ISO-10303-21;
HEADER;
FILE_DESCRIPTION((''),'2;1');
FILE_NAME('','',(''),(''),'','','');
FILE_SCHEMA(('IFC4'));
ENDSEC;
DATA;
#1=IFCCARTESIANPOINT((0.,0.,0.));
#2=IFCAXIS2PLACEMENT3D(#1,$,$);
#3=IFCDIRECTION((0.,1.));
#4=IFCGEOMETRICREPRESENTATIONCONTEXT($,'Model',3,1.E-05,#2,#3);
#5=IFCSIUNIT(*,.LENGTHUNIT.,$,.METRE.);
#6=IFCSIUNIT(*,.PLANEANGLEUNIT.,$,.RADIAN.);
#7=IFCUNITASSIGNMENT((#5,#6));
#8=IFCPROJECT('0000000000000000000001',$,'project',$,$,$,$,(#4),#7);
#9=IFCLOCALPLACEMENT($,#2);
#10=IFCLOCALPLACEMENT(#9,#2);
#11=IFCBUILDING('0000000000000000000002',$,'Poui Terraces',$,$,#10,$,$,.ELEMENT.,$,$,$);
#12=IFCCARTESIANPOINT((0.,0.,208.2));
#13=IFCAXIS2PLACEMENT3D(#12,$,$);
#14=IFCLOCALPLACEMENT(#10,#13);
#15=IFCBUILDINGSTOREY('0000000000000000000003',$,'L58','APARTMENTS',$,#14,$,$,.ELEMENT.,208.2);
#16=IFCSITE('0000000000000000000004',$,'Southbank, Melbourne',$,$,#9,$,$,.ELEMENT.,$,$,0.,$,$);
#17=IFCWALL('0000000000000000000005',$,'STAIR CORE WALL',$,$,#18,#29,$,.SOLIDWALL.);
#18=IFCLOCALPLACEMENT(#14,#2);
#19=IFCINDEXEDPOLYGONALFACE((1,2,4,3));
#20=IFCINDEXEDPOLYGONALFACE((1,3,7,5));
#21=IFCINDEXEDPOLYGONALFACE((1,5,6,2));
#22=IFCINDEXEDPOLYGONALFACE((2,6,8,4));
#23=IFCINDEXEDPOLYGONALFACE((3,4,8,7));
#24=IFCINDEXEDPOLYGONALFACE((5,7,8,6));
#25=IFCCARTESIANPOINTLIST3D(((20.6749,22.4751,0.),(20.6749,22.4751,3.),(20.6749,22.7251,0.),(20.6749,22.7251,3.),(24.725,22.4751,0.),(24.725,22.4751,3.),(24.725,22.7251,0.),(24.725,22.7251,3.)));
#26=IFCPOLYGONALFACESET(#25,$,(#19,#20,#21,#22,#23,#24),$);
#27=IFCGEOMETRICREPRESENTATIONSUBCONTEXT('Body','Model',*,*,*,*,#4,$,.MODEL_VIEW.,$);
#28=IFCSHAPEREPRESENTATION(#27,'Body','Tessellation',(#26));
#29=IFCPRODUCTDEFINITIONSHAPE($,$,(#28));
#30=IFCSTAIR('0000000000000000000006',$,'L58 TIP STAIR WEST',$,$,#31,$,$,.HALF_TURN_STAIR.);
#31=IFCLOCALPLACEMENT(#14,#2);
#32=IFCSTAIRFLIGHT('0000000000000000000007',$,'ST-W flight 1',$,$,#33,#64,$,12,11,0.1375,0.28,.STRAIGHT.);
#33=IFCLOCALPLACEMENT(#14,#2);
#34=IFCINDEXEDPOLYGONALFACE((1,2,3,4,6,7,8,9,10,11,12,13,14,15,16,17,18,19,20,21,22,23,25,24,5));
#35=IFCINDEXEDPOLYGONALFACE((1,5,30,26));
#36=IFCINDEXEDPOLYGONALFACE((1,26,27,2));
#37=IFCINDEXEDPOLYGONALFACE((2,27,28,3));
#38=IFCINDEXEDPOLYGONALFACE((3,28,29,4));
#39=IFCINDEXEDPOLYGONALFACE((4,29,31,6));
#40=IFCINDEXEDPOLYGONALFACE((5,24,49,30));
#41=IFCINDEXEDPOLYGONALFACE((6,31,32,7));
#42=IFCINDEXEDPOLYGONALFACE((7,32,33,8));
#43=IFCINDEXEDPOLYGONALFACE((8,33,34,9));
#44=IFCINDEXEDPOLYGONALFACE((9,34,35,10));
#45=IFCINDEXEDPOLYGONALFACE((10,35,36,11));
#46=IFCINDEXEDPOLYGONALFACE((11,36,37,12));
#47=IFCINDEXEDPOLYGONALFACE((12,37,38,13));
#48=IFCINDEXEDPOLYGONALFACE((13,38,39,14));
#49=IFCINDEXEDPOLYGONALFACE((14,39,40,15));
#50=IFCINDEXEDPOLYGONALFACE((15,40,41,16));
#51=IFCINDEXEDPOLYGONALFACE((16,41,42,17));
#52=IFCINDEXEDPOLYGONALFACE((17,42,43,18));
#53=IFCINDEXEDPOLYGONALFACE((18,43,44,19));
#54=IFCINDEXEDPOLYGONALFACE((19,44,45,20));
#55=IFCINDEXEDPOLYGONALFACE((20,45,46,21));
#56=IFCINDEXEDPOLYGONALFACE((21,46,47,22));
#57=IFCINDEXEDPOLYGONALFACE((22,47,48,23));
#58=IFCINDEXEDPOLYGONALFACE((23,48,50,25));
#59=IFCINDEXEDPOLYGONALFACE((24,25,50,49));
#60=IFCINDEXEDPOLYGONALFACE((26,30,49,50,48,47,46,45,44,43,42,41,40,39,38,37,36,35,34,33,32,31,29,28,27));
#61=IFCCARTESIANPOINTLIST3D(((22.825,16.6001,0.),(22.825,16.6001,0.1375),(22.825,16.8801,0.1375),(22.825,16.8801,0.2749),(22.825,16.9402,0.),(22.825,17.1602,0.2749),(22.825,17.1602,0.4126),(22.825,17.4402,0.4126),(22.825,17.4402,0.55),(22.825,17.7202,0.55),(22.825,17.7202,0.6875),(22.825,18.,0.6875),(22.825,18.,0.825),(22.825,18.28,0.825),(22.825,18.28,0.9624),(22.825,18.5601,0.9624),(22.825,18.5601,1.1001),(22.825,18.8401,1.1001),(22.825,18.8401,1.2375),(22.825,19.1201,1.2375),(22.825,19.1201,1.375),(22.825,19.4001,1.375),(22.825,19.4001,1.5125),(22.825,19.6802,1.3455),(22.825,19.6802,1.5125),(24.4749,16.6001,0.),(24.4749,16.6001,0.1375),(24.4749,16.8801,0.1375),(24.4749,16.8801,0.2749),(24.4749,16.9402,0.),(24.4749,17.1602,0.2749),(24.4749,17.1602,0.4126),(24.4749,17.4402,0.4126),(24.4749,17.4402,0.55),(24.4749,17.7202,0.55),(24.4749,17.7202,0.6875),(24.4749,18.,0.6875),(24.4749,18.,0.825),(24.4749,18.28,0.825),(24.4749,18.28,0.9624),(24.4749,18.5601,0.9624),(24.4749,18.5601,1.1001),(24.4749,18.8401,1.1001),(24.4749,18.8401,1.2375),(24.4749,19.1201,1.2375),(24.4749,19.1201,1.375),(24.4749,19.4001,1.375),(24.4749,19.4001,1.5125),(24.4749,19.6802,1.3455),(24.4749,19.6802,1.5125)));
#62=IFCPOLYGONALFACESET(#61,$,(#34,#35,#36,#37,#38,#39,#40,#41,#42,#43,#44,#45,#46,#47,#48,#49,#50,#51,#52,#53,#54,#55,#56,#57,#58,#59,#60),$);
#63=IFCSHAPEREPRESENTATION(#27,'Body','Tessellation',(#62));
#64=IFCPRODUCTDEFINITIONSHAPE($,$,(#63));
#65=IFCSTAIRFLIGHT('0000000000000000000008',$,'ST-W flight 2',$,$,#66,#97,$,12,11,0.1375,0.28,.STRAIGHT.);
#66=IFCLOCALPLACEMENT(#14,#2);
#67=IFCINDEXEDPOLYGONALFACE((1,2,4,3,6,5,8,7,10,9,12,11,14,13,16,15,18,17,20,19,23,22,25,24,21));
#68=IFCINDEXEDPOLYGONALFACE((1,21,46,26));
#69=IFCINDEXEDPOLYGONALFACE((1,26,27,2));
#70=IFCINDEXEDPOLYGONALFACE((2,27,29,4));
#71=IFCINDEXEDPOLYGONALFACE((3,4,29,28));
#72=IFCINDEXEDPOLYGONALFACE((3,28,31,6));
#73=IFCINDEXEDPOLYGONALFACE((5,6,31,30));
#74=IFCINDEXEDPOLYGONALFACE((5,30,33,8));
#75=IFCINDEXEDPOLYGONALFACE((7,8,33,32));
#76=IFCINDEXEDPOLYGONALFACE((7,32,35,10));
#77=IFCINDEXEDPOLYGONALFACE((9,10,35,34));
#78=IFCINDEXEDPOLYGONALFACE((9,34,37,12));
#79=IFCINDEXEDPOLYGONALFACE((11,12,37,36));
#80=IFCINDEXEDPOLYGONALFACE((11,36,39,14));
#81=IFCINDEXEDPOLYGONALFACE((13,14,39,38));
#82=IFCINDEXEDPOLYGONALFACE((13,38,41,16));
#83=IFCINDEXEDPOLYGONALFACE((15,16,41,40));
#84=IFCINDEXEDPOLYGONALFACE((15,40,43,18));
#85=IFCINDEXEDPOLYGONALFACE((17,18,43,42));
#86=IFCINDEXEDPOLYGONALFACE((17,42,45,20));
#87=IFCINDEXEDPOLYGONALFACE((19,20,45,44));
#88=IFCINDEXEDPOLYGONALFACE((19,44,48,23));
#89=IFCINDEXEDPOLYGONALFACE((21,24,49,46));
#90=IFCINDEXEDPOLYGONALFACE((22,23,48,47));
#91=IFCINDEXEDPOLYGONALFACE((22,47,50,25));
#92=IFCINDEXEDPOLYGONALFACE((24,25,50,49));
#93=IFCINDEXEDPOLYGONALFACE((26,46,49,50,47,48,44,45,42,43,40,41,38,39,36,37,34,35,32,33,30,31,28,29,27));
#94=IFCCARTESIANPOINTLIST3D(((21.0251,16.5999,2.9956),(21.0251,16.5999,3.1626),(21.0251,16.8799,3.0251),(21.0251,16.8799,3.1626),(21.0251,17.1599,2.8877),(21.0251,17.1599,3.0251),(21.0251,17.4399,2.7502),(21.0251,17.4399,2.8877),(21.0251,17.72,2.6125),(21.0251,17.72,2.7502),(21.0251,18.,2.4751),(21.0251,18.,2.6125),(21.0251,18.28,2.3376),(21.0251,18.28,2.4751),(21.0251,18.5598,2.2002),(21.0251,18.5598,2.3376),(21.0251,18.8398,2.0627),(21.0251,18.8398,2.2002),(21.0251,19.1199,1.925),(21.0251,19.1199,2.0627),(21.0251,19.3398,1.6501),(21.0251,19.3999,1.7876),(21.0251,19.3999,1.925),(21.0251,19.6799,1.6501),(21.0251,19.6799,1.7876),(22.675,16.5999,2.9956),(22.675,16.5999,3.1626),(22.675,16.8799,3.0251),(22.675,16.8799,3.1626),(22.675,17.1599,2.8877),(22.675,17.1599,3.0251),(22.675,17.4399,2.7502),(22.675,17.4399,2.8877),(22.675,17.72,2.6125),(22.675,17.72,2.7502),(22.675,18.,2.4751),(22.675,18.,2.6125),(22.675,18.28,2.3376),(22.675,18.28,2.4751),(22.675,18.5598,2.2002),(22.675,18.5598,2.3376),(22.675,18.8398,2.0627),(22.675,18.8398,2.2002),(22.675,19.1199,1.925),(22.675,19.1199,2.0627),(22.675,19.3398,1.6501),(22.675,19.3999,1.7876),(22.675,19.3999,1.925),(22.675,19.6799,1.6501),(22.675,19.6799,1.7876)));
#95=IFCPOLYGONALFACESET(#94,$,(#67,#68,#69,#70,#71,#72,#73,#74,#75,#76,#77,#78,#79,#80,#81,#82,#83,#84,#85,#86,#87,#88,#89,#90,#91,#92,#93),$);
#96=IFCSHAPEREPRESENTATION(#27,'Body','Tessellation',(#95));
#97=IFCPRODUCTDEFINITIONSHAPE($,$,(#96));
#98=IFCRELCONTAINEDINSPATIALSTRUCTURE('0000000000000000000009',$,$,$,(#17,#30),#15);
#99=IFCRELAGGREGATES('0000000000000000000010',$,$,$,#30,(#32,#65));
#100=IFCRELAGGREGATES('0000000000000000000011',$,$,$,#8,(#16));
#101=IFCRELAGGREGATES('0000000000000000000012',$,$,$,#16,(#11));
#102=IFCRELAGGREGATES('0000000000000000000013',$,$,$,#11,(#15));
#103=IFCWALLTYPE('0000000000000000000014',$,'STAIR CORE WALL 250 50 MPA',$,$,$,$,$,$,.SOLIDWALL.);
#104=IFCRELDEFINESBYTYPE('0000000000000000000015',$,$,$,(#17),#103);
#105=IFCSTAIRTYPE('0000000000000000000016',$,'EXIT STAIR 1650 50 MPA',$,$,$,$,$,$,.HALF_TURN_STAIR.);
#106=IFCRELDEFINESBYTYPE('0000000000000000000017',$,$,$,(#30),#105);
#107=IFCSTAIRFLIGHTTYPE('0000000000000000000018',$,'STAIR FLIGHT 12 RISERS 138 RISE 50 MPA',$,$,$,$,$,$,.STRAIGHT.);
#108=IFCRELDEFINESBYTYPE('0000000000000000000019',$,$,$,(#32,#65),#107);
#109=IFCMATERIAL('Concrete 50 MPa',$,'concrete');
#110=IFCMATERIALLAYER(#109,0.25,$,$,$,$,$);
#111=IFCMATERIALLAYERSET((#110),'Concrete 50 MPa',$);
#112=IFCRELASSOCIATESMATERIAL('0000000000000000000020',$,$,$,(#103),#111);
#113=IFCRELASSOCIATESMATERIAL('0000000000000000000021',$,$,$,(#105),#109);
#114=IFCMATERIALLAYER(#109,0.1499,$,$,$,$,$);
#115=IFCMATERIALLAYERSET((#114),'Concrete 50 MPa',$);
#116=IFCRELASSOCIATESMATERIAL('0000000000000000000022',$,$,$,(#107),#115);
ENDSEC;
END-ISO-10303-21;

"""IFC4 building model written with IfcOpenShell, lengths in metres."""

from ifc_helpers import new_model, si_unit, direction, frame, frame_2d, origin, place, context, subcontext, project, spatial, polyline, rectangle, outline, extrude, material, layer, layer_set, type_object, element, aggregate, save


model = new_model("IFC4")

# Units and contexts
model_context = context("Model", 3, precision=1e-05, world=origin(), true_north=direction((0.0, 1.0)))
body_context = subcontext(model_context, "Body", "Model", "MODEL_VIEW")
ifc_project = project(units=[si_unit("LENGTHUNIT", "METRE"), si_unit("PLANEANGLEUNIT", "RADIAN")], contexts=[model_context])

# Site, building, storey
site_placement = place(None, origin())
site = spatial("IfcSite", under=ifc_project, at=site_placement, Name="Southbank, Melbourne", CompositionType="ELEMENT", RefElevation=0.0)
building_placement = place(site_placement, origin())
building = spatial("IfcBuilding", under=site, at=building_placement, Name="Poui Terraces", CompositionType="ELEMENT")
storey_placement = place(building_placement, frame((0.0, 0.0, 208.2)))
storey = spatial("IfcBuildingStorey", under=building, at=storey_placement, Name="L58", Description="APARTMENTS", CompositionType="ELEMENT", Elevation=208.2)

# Wall
ifc_material_1 = material(Name="Concrete 50 MPa", Category="concrete")
ifc_layer_1 = layer(ifc_material_1, 0.25)
ifc_layer_set_1 = layer_set([ifc_layer_1], Name="Concrete 50 MPa")
wall_type = type_object("IfcWallType", Name="STAIR CORE WALL 250 50 MPA", PredefinedType="SOLIDWALL", material=ifc_layer_set_1)
wall_placement = place(storey_placement, frame((20.675, 22.6001, 0.0), z_axis=(0.0, 0.0, 1.0), x_axis=(1.0, 0.0, 0.0)))
element("IfcWall", 1, at=wall_placement, inside=storey, type_object=wall_type, Name="STAIR CORE WALL", PredefinedType="SOLIDWALL", context=body_context, shape_type="SweptSolid", body=[
    extrude(rectangle(XDim=4.05, YDim=0.25, at=frame_2d((2.0249, 0.0))), origin(), (0.0, 0.0, 1.0), 3.0),
])

# Stair, stair flights
stair_type = type_object("IfcStairType", Name="EXIT STAIR 1650 50 MPA", PredefinedType="HALF_TURN_STAIR", material=ifc_material_1)
stair_placement = place(storey_placement, origin())
stair = element("IfcStair", 2, at=stair_placement, inside=storey, type_object=stair_type, Name="L58 TIP STAIR WEST", PredefinedType="HALF_TURN_STAIR")
ifc_layer_2 = layer(ifc_material_1, 0.1499)
ifc_layer_set_2 = layer_set([ifc_layer_2], Name="Concrete 50 MPa")
stair_flight_type = type_object("IfcStairFlightType", Name="STAIR FLIGHT 12 RISERS 138 RISE 50 MPA", PredefinedType="STRAIGHT", material=ifc_layer_set_2)
stair_flight_1_placement = place(storey_placement, frame((23.6499, 16.6001, 0.0), z_axis=(0.0, 0.0, 1.0), x_axis=(0.0, 1.0, 0.0)))
stair_flight_1 = element("IfcStairFlight", 3, at=stair_flight_1_placement, type_object=stair_flight_type, Name="ST-W flight 1", NumberOfRisers=12, NumberOfTreads=11, PredefinedType="STRAIGHT", RiserHeight=0.1375, TreadLength=0.28, context=body_context, shape_type="SweptSolid", body=[
    extrude(outline(polyline([(0.0, 0.0), (0.0, 0.1375), (0.28, 0.1375), (0.28, 0.2749), (0.5601, 0.2749), (0.5601, 0.4126), (0.8401, 0.4126), (0.8401, 0.55), (1.1201, 0.55), (1.1201, 0.6875), (1.3999, 0.6875), (1.3999, 0.825), (1.6799, 0.825), (1.6799, 0.9624), (1.96, 0.9624), (1.96, 1.1001), (2.24, 1.1001), (2.24, 1.2375), (2.52, 1.2375), (2.52, 1.375), (2.8, 1.375), (2.8, 1.5125), (3.0801, 1.5125), (3.0801, 1.6499), (3.0801, 1.3455), (0.3401, 0.0), (0.0, 0.0)])), frame((0.0, 0.825, 0.0), z_axis=(0.0, -1.0, 0.0), x_axis=(1.0, 0.0, 0.0)), (0.0, 0.0, 1.0), 1.6499),
])
stair_flight_2_placement = place(storey_placement, frame((21.8501, 19.6799, 1.6501), z_axis=(0.0, 0.0, 1.0), x_axis=(0.0, -1.0, 0.0)))
stair_flight_2 = element("IfcStairFlight", 4, at=stair_flight_2_placement, type_object=stair_flight_type, Name="ST-W flight 2", NumberOfRisers=12, NumberOfTreads=11, PredefinedType="STRAIGHT", RiserHeight=0.1375, TreadLength=0.28, context=body_context, shape_type="SweptSolid", body=[
    extrude(outline(polyline([(0.0, 0.0), (0.0, 0.1375), (0.28, 0.1375), (0.28, 0.2749), (0.5601, 0.2749), (0.5601, 0.4126), (0.8401, 0.4126), (0.8401, 0.55), (1.1201, 0.55), (1.1201, 0.6875), (1.3999, 0.6875), (1.3999, 0.825), (1.6799, 0.825), (1.6799, 0.9624), (1.96, 0.9624), (1.96, 1.1001), (2.24, 1.1001), (2.24, 1.2375), (2.52, 1.2375), (2.52, 1.375), (2.8, 1.375), (2.8, 1.5125), (3.0801, 1.5125), (3.0801, 1.6499), (3.0801, 1.3455), (0.3401, 0.0), (0.0, 0.0)])), frame((0.0, 0.825, 0.0), z_axis=(0.0, -1.0, 0.0), x_axis=(1.0, 0.0, 0.0)), (0.0, 0.0, 1.0), 1.6499),
])
aggregate(stair, [stair_flight_1, stair_flight_2])

save(model, "model.ifc")
